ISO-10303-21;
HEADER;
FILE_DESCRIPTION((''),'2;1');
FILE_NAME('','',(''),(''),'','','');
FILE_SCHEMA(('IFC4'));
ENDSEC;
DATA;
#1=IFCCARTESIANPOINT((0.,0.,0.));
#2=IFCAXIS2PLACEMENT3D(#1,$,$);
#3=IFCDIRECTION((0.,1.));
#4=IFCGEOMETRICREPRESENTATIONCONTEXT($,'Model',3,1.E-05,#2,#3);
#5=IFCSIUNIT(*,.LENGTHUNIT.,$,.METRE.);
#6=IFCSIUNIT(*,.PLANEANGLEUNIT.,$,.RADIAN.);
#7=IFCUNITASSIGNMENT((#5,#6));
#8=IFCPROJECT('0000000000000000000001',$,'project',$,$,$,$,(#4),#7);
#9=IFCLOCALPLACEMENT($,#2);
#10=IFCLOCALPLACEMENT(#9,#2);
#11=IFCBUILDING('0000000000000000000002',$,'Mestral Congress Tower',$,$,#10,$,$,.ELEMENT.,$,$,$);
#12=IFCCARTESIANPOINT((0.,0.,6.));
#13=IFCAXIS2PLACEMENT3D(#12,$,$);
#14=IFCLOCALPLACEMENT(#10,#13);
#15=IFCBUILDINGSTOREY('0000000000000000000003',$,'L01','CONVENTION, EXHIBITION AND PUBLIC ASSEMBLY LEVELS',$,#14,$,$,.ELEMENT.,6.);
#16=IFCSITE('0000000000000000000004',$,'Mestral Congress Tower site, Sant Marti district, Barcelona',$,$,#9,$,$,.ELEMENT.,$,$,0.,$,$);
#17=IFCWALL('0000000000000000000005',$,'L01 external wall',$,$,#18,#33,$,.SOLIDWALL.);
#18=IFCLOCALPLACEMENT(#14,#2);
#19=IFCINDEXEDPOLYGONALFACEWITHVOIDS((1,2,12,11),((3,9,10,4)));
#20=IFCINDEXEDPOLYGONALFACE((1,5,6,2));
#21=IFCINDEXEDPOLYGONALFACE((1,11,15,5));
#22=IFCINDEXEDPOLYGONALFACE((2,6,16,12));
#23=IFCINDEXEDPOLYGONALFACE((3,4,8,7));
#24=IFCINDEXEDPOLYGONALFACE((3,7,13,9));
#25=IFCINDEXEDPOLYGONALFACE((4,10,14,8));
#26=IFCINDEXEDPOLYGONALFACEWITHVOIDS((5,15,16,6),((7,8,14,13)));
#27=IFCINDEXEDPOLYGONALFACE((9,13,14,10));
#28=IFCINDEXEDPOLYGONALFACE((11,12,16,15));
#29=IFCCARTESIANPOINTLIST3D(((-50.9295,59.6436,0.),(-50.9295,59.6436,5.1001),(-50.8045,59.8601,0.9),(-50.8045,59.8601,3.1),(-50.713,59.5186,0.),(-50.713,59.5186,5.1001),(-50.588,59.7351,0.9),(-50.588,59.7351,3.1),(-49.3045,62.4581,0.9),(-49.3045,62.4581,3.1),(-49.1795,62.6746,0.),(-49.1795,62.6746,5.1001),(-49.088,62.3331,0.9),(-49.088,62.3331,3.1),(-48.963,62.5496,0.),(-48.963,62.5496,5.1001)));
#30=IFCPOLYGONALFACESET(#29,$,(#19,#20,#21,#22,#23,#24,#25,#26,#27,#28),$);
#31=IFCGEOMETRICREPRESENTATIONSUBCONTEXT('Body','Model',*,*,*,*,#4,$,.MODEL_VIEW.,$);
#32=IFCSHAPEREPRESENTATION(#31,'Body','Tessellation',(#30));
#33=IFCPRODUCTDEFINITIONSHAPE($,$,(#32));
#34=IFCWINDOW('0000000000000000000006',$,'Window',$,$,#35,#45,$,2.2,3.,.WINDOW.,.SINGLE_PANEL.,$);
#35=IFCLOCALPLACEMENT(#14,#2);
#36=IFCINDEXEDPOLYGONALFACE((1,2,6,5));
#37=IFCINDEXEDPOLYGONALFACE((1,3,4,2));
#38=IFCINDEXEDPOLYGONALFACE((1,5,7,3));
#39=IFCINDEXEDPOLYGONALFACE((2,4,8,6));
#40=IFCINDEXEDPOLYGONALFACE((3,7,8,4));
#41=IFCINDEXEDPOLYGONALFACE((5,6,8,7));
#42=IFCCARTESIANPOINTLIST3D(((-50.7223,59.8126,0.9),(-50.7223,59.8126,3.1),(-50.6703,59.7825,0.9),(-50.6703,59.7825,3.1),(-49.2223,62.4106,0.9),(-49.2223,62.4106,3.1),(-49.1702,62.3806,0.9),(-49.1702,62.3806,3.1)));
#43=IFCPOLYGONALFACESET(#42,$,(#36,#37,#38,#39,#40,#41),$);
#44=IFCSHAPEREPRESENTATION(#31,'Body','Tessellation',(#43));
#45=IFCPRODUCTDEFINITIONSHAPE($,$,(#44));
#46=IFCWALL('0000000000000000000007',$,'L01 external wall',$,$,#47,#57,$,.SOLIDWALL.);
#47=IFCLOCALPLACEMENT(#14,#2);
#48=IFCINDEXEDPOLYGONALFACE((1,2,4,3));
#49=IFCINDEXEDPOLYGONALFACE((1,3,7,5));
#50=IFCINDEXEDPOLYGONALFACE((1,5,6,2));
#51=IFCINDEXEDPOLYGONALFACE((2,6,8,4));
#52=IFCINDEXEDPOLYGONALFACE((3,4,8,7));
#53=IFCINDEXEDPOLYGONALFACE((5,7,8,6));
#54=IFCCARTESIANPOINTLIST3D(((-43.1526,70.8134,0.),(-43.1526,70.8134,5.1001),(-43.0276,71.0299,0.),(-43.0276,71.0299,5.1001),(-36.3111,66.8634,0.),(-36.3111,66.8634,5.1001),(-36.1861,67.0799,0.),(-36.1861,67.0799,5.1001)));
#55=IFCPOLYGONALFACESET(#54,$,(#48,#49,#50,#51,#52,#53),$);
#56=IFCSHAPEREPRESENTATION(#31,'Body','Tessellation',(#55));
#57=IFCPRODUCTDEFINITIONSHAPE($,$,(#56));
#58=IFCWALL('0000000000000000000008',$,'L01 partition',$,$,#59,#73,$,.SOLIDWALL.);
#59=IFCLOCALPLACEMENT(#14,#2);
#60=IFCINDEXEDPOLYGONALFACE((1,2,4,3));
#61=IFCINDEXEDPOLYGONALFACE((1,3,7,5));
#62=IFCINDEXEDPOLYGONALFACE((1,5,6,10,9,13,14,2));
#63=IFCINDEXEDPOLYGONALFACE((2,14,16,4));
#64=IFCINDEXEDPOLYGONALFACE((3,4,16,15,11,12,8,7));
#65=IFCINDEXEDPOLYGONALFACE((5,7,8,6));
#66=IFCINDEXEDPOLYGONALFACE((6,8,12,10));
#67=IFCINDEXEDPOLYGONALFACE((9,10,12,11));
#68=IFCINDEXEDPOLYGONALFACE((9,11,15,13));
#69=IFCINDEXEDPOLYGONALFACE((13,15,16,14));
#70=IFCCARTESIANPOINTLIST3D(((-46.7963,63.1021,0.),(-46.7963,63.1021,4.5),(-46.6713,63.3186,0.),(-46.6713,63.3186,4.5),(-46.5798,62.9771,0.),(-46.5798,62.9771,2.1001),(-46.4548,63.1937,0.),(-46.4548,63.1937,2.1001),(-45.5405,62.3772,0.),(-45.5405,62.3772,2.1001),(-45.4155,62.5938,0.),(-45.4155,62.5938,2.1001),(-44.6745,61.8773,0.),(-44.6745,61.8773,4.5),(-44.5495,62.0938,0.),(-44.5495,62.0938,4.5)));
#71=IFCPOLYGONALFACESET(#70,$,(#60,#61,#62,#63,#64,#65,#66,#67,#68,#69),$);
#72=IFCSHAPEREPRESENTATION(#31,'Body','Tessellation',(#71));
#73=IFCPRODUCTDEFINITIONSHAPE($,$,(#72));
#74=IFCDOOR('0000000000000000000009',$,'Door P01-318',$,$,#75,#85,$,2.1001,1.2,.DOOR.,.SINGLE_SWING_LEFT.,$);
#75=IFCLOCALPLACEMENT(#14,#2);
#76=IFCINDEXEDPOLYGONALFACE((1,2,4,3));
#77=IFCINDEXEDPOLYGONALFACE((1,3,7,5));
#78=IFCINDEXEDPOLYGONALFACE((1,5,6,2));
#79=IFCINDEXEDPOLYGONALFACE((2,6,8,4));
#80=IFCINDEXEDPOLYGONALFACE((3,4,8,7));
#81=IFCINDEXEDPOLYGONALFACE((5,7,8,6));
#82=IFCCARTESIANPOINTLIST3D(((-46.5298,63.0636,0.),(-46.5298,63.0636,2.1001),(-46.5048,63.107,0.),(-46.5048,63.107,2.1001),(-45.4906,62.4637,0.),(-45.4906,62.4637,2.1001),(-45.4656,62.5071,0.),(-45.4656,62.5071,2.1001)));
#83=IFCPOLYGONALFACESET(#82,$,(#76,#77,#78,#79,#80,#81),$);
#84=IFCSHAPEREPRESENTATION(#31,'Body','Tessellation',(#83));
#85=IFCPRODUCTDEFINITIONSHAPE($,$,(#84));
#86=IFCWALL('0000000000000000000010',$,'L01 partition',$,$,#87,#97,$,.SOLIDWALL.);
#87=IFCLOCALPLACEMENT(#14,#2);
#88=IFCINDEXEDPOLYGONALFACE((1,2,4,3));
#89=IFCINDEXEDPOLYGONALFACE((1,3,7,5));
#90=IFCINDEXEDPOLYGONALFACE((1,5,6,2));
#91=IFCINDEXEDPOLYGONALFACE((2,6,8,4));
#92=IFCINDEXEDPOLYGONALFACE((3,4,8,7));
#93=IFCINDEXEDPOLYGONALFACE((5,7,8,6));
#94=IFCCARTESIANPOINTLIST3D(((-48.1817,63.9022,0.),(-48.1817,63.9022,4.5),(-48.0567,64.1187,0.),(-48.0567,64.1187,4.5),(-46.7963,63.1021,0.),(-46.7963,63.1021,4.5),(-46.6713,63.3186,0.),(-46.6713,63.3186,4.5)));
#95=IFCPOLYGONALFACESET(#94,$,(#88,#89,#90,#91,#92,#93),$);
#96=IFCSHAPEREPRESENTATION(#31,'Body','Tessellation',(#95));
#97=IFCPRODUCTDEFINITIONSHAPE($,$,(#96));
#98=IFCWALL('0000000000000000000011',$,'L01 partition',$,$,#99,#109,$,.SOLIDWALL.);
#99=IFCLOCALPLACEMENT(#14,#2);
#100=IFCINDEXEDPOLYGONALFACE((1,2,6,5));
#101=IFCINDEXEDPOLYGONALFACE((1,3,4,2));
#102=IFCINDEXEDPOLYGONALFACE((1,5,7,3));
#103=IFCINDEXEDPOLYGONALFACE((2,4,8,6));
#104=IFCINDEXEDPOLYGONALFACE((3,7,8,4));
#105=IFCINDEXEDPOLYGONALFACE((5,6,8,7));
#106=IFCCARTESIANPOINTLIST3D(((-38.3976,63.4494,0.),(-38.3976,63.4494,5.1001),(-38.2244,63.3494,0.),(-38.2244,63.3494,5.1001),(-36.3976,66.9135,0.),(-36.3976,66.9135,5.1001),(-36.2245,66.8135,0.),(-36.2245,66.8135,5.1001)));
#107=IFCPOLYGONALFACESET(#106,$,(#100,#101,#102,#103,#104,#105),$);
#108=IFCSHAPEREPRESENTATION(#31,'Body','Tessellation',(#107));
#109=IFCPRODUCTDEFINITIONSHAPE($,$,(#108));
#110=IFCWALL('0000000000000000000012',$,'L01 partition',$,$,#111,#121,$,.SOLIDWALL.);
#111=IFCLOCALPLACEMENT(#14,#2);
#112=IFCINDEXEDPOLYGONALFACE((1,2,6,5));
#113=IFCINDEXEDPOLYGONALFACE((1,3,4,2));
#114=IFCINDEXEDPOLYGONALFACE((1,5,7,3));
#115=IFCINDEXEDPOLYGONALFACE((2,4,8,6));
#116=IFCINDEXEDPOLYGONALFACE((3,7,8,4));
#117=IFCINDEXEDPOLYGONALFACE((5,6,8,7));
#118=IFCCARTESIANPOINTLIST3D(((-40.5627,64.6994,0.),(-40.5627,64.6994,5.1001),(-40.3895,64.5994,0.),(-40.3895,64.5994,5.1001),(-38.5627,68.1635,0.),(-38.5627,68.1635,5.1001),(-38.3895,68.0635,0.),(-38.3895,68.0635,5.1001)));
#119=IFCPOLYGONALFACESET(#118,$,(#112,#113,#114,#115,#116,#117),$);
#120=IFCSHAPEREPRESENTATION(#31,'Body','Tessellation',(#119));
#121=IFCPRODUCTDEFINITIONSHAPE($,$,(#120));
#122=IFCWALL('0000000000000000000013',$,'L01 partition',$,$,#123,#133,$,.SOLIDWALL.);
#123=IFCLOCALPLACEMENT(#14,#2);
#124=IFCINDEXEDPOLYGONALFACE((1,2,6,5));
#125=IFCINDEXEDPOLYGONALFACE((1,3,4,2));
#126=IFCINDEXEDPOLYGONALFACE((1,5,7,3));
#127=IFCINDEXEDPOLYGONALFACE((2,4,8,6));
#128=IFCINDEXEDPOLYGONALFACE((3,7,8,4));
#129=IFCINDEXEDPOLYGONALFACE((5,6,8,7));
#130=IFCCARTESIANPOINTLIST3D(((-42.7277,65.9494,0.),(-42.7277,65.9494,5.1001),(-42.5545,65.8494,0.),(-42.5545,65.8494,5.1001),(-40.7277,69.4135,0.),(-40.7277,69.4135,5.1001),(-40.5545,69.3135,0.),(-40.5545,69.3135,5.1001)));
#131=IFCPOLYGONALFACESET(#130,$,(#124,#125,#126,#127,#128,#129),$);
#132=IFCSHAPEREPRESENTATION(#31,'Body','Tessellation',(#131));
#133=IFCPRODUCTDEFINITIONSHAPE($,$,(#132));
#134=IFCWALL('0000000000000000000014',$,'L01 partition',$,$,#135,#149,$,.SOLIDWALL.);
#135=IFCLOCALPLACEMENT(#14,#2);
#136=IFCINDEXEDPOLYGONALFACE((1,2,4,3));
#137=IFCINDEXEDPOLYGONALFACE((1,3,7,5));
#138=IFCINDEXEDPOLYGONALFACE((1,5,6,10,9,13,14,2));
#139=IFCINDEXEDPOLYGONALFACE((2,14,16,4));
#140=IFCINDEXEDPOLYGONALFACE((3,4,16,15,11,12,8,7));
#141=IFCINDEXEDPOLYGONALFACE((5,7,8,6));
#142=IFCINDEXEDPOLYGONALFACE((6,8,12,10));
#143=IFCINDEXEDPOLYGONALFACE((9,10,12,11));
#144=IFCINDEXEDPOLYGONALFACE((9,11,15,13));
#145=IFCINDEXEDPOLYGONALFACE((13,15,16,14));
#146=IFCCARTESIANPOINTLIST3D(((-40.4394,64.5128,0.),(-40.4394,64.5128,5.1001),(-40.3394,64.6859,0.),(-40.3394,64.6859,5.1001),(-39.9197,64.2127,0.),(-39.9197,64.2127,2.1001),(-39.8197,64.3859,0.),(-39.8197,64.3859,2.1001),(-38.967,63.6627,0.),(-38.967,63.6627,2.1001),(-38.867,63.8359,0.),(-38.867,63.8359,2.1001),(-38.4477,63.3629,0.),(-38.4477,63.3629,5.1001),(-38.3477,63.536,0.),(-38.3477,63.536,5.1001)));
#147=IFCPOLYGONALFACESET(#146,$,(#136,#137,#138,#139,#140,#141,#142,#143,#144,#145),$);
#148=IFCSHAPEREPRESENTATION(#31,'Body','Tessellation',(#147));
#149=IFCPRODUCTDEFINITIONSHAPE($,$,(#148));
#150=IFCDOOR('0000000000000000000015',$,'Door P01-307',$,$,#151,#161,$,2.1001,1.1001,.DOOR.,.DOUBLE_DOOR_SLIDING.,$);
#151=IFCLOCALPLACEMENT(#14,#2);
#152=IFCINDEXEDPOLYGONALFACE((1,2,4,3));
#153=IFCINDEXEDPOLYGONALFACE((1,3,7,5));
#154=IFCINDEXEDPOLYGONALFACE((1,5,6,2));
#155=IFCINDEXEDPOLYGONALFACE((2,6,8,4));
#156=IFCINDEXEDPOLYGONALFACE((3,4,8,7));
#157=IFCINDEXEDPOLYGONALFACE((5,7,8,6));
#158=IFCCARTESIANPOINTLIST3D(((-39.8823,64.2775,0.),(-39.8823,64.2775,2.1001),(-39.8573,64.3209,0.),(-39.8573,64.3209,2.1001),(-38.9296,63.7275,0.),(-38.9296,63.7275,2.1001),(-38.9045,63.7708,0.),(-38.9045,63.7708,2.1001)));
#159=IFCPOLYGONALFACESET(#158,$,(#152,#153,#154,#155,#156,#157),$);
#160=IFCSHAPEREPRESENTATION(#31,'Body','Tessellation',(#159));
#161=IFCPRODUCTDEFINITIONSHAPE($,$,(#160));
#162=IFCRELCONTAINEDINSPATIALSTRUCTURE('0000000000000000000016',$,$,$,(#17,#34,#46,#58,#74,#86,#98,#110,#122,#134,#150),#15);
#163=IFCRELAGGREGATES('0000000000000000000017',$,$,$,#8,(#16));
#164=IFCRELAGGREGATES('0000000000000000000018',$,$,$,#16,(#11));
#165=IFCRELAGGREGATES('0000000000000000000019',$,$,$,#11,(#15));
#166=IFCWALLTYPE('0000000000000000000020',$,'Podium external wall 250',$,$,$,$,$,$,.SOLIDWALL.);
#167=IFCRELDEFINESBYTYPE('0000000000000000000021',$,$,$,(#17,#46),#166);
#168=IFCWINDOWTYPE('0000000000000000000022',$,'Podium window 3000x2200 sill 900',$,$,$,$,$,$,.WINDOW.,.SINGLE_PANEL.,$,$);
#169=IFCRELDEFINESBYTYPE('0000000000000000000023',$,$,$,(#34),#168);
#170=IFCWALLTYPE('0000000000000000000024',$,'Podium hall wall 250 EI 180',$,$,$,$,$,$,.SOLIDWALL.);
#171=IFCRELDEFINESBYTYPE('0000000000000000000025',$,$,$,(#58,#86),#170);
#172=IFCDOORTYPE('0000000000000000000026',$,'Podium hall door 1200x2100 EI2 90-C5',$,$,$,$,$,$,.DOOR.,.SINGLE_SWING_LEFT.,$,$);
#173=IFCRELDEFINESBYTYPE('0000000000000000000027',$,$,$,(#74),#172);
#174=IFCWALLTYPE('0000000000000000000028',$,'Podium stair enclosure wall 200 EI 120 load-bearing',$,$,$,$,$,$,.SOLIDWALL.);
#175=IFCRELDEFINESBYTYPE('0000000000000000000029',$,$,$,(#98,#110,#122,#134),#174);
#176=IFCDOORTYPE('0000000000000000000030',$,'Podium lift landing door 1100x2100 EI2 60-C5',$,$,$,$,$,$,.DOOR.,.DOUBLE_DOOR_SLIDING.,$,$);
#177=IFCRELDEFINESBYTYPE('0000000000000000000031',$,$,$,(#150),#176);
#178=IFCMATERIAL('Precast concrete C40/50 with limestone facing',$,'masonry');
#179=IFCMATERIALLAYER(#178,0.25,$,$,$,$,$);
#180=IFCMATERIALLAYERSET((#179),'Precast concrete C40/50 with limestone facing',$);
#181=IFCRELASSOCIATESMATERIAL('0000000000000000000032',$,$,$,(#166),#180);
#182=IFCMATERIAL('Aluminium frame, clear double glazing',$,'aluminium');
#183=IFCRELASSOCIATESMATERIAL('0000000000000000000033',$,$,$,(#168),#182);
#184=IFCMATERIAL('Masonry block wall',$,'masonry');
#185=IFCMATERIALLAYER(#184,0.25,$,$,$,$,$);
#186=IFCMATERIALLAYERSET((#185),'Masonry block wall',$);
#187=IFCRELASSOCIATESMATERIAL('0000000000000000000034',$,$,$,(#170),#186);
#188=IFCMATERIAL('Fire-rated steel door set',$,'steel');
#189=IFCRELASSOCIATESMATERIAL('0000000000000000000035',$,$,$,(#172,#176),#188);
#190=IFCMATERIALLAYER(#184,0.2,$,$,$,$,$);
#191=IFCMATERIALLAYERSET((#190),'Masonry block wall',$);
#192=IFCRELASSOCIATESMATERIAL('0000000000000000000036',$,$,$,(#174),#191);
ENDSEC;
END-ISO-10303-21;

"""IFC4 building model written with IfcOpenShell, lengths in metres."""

from ifc_helpers import new_model, si_unit, direction, frame, frame_2d, origin, place, context, subcontext, project, spatial, rectangle, extrude, material, layer, layer_set, type_object, element, fill, save


model = new_model("IFC4")

# Units and contexts
model_context = context("Model", 3, precision=1e-05, world=origin(), true_north=direction((0.0, 1.0)))
body_context = subcontext(model_context, "Body", "Model", "MODEL_VIEW")
ifc_project = project(units=[si_unit("LENGTHUNIT", "METRE"), si_unit("PLANEANGLEUNIT", "RADIAN")], contexts=[model_context])

# Site, building, storey
site_placement = place(None, origin())
site = spatial("IfcSite", under=ifc_project, at=site_placement, Name="Mestral Congress Tower site, Sant Marti district, Barcelona", CompositionType="ELEMENT", RefElevation=0.0)
building_placement = place(site_placement, origin())
building = spatial("IfcBuilding", under=site, at=building_placement, Name="Mestral Congress Tower", CompositionType="ELEMENT")
storey_placement = place(building_placement, frame((0.0, 0.0, 6.0)))
storey = spatial("IfcBuildingStorey", under=building, at=storey_placement, Name="L01", Description="CONVENTION, EXHIBITION AND PUBLIC ASSEMBLY LEVELS", CompositionType="ELEMENT", Elevation=6.0)

# Shared definitions
ifc_material_1 = material(Name="Precast concrete C40/50 with limestone facing", Category="masonry")
ifc_layer_1 = layer(ifc_material_1, 0.25)
ifc_layer_set_1 = layer_set([ifc_layer_1], Name="Precast concrete C40/50 with limestone facing")
wall_type_1 = type_object("IfcWallType", Name="Podium external wall 250", PredefinedType="SOLIDWALL", material=ifc_layer_set_1)

# Wall, opening, window
wall_1_placement = place(storey_placement, frame((-50.8213, 59.5811, 0.0), z_axis=(0.0, 0.0, 1.0), x_axis=(0.50001, 0.866019, 0.0)))
wall_1 = element("IfcWall", 1, at=wall_1_placement, inside=storey, type_object=wall_type_1, Name="L01 external wall", PredefinedType="SOLIDWALL", context=body_context, shape_type="SweptSolid", body=[
    extrude(rectangle(XDim=3.5, YDim=0.25, at=frame_2d((1.75, 0.0))), origin(), (0.0, 0.0, 1.0), 5.1001),
])
opening_1_placement = place(wall_1_placement, frame((0.25, 0.0, 0.8999)))
opening_1 = element("IfcOpeningElement", 2, at=opening_1_placement, cuts=wall_1, PredefinedType="OPENING", context=body_context, shape_type="SweptSolid", body=[
    extrude(rectangle(XDim=3.0, YDim=2.2, at=frame_2d((1.5, 1.1001))), frame((0.0, 0.135, 0.0), z_axis=(0.0, -1.0, 0.0), x_axis=(1.0, 0.0, 0.0)), (0.0, 0.0, 1.0), 0.27),
])
ifc_material_2 = material(Name="Aluminium frame, clear double glazing", Category="aluminium")
window_type = type_object("IfcWindowType", Name="Podium window 3000x2200 sill 900", PartitioningType="SINGLE_PANEL", PredefinedType="WINDOW", material=ifc_material_2)
window_placement = place(opening_1_placement, origin())
window = element("IfcWindow", 3, at=window_placement, inside=storey, type_object=window_type, Name="Window", OverallHeight=2.2, OverallWidth=3.0, PartitioningType="SINGLE_PANEL", PredefinedType="WINDOW", context=body_context, shape_type="SweptSolid", body=[
    extrude(rectangle(XDim=3.0, YDim=2.2, at=frame_2d((1.5, 1.1001))), frame((0.0, 0.03, 0.0), z_axis=(0.0, -1.0, 0.0), x_axis=(1.0, 0.0, 0.0)), (0.0, 0.0, 1.0), 0.0601),
])
fill(opening_1, window)

# Wall
wall_2_placement = place(storey_placement, frame((-43.0901, 70.9216, 0.0), z_axis=(0.0, 0.0, 1.0), x_axis=(0.866027, -0.499998, 0.0)))
element("IfcWall", 4, at=wall_2_placement, inside=storey, type_object=wall_type_1, Name="L01 external wall", PredefinedType="SOLIDWALL", context=body_context, shape_type="SweptSolid", body=[
    extrude(rectangle(XDim=7.8999, YDim=0.25, at=frame_2d((3.95, 0.0))), origin(), (0.0, 0.0, 1.0), 5.1001),
])

# Wall, opening, door
ifc_material_3 = material(Name="Masonry block wall", Category="masonry")
ifc_layer_2 = layer(ifc_material_3, 0.25)
ifc_layer_set_2 = layer_set([ifc_layer_2], Name="Masonry block wall")
wall_type_2 = type_object("IfcWallType", Name="Podium hall wall 250 EI 180", PredefinedType="SOLIDWALL", material=ifc_layer_set_2)
wall_3_placement = place(storey_placement, frame((-46.7339, 63.2104, 0.0), z_axis=(0.0, 0.0, 1.0), x_axis=(0.866058, -0.499944, 0.0)))
wall_3 = element("IfcWall", 5, at=wall_3_placement, inside=storey, type_object=wall_type_2, Name="L01 partition", PredefinedType="SOLIDWALL", context=body_context, shape_type="SweptSolid", body=[
    extrude(rectangle(XDim=2.45, YDim=0.25, at=frame_2d((1.2251, 0.0))), origin(), (0.0, 0.0, 1.0), 4.5),
])
opening_2_placement = place(wall_3_placement, frame((0.25, 0.0, 0.0)))
opening_2 = element("IfcOpeningElement", 6, at=opening_2_placement, cuts=wall_3, PredefinedType="OPENING", context=body_context, shape_type="SweptSolid", body=[
    extrude(rectangle(XDim=1.2, YDim=2.1001, at=frame_2d((0.6001, 1.05))), frame((0.0, 0.135, 0.0), z_axis=(0.0, -1.0, 0.0), x_axis=(1.0, 0.0, 0.0)), (0.0, 0.0, 1.0), 0.27),
])
ifc_material_4 = material(Name="Fire-rated steel door set", Category="steel")
door_type_1 = type_object("IfcDoorType", Name="Podium hall door 1200x2100 EI2 90-C5", OperationType="SINGLE_SWING_LEFT", PredefinedType="DOOR", material=ifc_material_4)
door_1_placement = place(opening_2_placement, origin())
door_1 = element("IfcDoor", 7, at=door_1_placement, inside=storey, type_object=door_type_1, Name="Door P01-318", OperationType="SINGLE_SWING_LEFT", OverallHeight=2.1001, OverallWidth=1.2, PredefinedType="DOOR", context=body_context, shape_type="SweptSolid", body=[
    extrude(rectangle(XDim=1.2, YDim=2.1001, at=frame_2d((0.6001, 1.05))), frame((0.0, 0.0249, 0.0), z_axis=(0.0, -1.0, 0.0), x_axis=(1.0, 0.0, 0.0)), (0.0, 0.0, 1.0), 0.05),
])
fill(opening_2, door_1)

# Walls
wall_4_placement = place(storey_placement, frame((-46.7339, 63.2104, 0.0), z_axis=(0.0, 0.0, 1.0), x_axis=(-0.86599, 0.500061, 0.0)))
element("IfcWall", 8, at=wall_4_placement, inside=storey, type_object=wall_type_2, Name="L01 partition", PredefinedType="SOLIDWALL", context=body_context, shape_type="SweptSolid", body=[
    extrude(rectangle(XDim=1.5999, YDim=0.25, at=frame_2d((0.7998, 0.0))), origin(), (0.0, 0.0, 1.0), 4.5),
])
ifc_layer_3 = layer(ifc_material_3, 0.2)
ifc_layer_set_3 = layer_set([ifc_layer_3], Name="Masonry block wall")
wall_type_3 = type_object("IfcWallType", Name="Podium stair enclosure wall 200 EI 120 load-bearing", PredefinedType="SOLIDWALL", material=ifc_layer_set_3)
for number, where, z_axis, x_axis, name in (
    (9, (-36.311, 66.8635, 0.0), (0.0, 0.0, 1.0), (-0.499999, -0.866026, 0.0), "L01 partition"),
    (10, (-38.4761, 68.1135, 0.0), (0.0, 0.0, 1.0), (-0.499999, -0.866026, 0.0), "L01 partition"),
    (11, (-40.6411, 69.3635, 0.0), (0.0, 0.0, 1.0), (-0.499999, -0.866026, 0.0), "L01 partition"),
):
    element("IfcWall", number, at=place(storey_placement, frame(where, z_axis=z_axis, x_axis=x_axis)), inside=storey, type_object=wall_type_3, Name=name, PredefinedType="SOLIDWALL", context=body_context, shape_type="SweptSolid", body=[
        extrude(rectangle(XDim=4.0, YDim=0.2, at=frame_2d((2.0, 0.0))), origin(), (0.0, 0.0, 1.0), 5.1001),
    ])

# Wall, opening, door
wall_5_placement = place(storey_placement, frame((-40.3894, 64.5994, 0.0), z_axis=(0.0, 0.0, 1.0), x_axis=(0.866026, -0.499998, 0.0)))
wall_5 = element("IfcWall", 12, at=wall_5_placement, inside=storey, type_object=wall_type_3, Name="L01 partition", PredefinedType="SOLIDWALL", context=body_context, shape_type="SweptSolid", body=[
    extrude(rectangle(XDim=2.2998, YDim=0.2, at=frame_2d((1.1499, 0.0))), origin(), (0.0, 0.0, 1.0), 5.1001),
])
opening_3_placement = place(wall_5_placement, frame((0.6001, 0.0, 0.0)))
opening_3 = element("IfcOpeningElement", 13, at=opening_3_placement, cuts=wall_5, PredefinedType="OPENING", context=body_context, shape_type="SweptSolid", body=[
    extrude(rectangle(XDim=1.1001, YDim=2.1001, at=frame_2d((0.55, 1.05))), frame((0.0, 0.1099, 0.0), z_axis=(0.0, -1.0, 0.0), x_axis=(1.0, 0.0, 0.0)), (0.0, 0.0, 1.0), 0.22),
])
door_type_2 = type_object("IfcDoorType", Name="Podium lift landing door 1100x2100 EI2 60-C5", OperationType="DOUBLE_DOOR_SLIDING", PredefinedType="DOOR", material=ifc_material_4)
door_2_placement = place(opening_3_placement, origin())
door_2 = element("IfcDoor", 14, at=door_2_placement, inside=storey, type_object=door_type_2, Name="Door P01-307", OperationType="DOUBLE_DOOR_SLIDING", OverallHeight=2.1001, OverallWidth=1.1001, PredefinedType="DOOR", context=body_context, shape_type="SweptSolid", body=[
    extrude(rectangle(XDim=1.1001, YDim=2.1001, at=frame_2d((0.55, 1.05))), frame((0.0, 0.0249, 0.0), z_axis=(0.0, -1.0, 0.0), x_axis=(1.0, 0.0, 0.0)), (0.0, 0.0, 1.0), 0.05),
])
fill(opening_3, door_2)

save(model, "model.ifc")
